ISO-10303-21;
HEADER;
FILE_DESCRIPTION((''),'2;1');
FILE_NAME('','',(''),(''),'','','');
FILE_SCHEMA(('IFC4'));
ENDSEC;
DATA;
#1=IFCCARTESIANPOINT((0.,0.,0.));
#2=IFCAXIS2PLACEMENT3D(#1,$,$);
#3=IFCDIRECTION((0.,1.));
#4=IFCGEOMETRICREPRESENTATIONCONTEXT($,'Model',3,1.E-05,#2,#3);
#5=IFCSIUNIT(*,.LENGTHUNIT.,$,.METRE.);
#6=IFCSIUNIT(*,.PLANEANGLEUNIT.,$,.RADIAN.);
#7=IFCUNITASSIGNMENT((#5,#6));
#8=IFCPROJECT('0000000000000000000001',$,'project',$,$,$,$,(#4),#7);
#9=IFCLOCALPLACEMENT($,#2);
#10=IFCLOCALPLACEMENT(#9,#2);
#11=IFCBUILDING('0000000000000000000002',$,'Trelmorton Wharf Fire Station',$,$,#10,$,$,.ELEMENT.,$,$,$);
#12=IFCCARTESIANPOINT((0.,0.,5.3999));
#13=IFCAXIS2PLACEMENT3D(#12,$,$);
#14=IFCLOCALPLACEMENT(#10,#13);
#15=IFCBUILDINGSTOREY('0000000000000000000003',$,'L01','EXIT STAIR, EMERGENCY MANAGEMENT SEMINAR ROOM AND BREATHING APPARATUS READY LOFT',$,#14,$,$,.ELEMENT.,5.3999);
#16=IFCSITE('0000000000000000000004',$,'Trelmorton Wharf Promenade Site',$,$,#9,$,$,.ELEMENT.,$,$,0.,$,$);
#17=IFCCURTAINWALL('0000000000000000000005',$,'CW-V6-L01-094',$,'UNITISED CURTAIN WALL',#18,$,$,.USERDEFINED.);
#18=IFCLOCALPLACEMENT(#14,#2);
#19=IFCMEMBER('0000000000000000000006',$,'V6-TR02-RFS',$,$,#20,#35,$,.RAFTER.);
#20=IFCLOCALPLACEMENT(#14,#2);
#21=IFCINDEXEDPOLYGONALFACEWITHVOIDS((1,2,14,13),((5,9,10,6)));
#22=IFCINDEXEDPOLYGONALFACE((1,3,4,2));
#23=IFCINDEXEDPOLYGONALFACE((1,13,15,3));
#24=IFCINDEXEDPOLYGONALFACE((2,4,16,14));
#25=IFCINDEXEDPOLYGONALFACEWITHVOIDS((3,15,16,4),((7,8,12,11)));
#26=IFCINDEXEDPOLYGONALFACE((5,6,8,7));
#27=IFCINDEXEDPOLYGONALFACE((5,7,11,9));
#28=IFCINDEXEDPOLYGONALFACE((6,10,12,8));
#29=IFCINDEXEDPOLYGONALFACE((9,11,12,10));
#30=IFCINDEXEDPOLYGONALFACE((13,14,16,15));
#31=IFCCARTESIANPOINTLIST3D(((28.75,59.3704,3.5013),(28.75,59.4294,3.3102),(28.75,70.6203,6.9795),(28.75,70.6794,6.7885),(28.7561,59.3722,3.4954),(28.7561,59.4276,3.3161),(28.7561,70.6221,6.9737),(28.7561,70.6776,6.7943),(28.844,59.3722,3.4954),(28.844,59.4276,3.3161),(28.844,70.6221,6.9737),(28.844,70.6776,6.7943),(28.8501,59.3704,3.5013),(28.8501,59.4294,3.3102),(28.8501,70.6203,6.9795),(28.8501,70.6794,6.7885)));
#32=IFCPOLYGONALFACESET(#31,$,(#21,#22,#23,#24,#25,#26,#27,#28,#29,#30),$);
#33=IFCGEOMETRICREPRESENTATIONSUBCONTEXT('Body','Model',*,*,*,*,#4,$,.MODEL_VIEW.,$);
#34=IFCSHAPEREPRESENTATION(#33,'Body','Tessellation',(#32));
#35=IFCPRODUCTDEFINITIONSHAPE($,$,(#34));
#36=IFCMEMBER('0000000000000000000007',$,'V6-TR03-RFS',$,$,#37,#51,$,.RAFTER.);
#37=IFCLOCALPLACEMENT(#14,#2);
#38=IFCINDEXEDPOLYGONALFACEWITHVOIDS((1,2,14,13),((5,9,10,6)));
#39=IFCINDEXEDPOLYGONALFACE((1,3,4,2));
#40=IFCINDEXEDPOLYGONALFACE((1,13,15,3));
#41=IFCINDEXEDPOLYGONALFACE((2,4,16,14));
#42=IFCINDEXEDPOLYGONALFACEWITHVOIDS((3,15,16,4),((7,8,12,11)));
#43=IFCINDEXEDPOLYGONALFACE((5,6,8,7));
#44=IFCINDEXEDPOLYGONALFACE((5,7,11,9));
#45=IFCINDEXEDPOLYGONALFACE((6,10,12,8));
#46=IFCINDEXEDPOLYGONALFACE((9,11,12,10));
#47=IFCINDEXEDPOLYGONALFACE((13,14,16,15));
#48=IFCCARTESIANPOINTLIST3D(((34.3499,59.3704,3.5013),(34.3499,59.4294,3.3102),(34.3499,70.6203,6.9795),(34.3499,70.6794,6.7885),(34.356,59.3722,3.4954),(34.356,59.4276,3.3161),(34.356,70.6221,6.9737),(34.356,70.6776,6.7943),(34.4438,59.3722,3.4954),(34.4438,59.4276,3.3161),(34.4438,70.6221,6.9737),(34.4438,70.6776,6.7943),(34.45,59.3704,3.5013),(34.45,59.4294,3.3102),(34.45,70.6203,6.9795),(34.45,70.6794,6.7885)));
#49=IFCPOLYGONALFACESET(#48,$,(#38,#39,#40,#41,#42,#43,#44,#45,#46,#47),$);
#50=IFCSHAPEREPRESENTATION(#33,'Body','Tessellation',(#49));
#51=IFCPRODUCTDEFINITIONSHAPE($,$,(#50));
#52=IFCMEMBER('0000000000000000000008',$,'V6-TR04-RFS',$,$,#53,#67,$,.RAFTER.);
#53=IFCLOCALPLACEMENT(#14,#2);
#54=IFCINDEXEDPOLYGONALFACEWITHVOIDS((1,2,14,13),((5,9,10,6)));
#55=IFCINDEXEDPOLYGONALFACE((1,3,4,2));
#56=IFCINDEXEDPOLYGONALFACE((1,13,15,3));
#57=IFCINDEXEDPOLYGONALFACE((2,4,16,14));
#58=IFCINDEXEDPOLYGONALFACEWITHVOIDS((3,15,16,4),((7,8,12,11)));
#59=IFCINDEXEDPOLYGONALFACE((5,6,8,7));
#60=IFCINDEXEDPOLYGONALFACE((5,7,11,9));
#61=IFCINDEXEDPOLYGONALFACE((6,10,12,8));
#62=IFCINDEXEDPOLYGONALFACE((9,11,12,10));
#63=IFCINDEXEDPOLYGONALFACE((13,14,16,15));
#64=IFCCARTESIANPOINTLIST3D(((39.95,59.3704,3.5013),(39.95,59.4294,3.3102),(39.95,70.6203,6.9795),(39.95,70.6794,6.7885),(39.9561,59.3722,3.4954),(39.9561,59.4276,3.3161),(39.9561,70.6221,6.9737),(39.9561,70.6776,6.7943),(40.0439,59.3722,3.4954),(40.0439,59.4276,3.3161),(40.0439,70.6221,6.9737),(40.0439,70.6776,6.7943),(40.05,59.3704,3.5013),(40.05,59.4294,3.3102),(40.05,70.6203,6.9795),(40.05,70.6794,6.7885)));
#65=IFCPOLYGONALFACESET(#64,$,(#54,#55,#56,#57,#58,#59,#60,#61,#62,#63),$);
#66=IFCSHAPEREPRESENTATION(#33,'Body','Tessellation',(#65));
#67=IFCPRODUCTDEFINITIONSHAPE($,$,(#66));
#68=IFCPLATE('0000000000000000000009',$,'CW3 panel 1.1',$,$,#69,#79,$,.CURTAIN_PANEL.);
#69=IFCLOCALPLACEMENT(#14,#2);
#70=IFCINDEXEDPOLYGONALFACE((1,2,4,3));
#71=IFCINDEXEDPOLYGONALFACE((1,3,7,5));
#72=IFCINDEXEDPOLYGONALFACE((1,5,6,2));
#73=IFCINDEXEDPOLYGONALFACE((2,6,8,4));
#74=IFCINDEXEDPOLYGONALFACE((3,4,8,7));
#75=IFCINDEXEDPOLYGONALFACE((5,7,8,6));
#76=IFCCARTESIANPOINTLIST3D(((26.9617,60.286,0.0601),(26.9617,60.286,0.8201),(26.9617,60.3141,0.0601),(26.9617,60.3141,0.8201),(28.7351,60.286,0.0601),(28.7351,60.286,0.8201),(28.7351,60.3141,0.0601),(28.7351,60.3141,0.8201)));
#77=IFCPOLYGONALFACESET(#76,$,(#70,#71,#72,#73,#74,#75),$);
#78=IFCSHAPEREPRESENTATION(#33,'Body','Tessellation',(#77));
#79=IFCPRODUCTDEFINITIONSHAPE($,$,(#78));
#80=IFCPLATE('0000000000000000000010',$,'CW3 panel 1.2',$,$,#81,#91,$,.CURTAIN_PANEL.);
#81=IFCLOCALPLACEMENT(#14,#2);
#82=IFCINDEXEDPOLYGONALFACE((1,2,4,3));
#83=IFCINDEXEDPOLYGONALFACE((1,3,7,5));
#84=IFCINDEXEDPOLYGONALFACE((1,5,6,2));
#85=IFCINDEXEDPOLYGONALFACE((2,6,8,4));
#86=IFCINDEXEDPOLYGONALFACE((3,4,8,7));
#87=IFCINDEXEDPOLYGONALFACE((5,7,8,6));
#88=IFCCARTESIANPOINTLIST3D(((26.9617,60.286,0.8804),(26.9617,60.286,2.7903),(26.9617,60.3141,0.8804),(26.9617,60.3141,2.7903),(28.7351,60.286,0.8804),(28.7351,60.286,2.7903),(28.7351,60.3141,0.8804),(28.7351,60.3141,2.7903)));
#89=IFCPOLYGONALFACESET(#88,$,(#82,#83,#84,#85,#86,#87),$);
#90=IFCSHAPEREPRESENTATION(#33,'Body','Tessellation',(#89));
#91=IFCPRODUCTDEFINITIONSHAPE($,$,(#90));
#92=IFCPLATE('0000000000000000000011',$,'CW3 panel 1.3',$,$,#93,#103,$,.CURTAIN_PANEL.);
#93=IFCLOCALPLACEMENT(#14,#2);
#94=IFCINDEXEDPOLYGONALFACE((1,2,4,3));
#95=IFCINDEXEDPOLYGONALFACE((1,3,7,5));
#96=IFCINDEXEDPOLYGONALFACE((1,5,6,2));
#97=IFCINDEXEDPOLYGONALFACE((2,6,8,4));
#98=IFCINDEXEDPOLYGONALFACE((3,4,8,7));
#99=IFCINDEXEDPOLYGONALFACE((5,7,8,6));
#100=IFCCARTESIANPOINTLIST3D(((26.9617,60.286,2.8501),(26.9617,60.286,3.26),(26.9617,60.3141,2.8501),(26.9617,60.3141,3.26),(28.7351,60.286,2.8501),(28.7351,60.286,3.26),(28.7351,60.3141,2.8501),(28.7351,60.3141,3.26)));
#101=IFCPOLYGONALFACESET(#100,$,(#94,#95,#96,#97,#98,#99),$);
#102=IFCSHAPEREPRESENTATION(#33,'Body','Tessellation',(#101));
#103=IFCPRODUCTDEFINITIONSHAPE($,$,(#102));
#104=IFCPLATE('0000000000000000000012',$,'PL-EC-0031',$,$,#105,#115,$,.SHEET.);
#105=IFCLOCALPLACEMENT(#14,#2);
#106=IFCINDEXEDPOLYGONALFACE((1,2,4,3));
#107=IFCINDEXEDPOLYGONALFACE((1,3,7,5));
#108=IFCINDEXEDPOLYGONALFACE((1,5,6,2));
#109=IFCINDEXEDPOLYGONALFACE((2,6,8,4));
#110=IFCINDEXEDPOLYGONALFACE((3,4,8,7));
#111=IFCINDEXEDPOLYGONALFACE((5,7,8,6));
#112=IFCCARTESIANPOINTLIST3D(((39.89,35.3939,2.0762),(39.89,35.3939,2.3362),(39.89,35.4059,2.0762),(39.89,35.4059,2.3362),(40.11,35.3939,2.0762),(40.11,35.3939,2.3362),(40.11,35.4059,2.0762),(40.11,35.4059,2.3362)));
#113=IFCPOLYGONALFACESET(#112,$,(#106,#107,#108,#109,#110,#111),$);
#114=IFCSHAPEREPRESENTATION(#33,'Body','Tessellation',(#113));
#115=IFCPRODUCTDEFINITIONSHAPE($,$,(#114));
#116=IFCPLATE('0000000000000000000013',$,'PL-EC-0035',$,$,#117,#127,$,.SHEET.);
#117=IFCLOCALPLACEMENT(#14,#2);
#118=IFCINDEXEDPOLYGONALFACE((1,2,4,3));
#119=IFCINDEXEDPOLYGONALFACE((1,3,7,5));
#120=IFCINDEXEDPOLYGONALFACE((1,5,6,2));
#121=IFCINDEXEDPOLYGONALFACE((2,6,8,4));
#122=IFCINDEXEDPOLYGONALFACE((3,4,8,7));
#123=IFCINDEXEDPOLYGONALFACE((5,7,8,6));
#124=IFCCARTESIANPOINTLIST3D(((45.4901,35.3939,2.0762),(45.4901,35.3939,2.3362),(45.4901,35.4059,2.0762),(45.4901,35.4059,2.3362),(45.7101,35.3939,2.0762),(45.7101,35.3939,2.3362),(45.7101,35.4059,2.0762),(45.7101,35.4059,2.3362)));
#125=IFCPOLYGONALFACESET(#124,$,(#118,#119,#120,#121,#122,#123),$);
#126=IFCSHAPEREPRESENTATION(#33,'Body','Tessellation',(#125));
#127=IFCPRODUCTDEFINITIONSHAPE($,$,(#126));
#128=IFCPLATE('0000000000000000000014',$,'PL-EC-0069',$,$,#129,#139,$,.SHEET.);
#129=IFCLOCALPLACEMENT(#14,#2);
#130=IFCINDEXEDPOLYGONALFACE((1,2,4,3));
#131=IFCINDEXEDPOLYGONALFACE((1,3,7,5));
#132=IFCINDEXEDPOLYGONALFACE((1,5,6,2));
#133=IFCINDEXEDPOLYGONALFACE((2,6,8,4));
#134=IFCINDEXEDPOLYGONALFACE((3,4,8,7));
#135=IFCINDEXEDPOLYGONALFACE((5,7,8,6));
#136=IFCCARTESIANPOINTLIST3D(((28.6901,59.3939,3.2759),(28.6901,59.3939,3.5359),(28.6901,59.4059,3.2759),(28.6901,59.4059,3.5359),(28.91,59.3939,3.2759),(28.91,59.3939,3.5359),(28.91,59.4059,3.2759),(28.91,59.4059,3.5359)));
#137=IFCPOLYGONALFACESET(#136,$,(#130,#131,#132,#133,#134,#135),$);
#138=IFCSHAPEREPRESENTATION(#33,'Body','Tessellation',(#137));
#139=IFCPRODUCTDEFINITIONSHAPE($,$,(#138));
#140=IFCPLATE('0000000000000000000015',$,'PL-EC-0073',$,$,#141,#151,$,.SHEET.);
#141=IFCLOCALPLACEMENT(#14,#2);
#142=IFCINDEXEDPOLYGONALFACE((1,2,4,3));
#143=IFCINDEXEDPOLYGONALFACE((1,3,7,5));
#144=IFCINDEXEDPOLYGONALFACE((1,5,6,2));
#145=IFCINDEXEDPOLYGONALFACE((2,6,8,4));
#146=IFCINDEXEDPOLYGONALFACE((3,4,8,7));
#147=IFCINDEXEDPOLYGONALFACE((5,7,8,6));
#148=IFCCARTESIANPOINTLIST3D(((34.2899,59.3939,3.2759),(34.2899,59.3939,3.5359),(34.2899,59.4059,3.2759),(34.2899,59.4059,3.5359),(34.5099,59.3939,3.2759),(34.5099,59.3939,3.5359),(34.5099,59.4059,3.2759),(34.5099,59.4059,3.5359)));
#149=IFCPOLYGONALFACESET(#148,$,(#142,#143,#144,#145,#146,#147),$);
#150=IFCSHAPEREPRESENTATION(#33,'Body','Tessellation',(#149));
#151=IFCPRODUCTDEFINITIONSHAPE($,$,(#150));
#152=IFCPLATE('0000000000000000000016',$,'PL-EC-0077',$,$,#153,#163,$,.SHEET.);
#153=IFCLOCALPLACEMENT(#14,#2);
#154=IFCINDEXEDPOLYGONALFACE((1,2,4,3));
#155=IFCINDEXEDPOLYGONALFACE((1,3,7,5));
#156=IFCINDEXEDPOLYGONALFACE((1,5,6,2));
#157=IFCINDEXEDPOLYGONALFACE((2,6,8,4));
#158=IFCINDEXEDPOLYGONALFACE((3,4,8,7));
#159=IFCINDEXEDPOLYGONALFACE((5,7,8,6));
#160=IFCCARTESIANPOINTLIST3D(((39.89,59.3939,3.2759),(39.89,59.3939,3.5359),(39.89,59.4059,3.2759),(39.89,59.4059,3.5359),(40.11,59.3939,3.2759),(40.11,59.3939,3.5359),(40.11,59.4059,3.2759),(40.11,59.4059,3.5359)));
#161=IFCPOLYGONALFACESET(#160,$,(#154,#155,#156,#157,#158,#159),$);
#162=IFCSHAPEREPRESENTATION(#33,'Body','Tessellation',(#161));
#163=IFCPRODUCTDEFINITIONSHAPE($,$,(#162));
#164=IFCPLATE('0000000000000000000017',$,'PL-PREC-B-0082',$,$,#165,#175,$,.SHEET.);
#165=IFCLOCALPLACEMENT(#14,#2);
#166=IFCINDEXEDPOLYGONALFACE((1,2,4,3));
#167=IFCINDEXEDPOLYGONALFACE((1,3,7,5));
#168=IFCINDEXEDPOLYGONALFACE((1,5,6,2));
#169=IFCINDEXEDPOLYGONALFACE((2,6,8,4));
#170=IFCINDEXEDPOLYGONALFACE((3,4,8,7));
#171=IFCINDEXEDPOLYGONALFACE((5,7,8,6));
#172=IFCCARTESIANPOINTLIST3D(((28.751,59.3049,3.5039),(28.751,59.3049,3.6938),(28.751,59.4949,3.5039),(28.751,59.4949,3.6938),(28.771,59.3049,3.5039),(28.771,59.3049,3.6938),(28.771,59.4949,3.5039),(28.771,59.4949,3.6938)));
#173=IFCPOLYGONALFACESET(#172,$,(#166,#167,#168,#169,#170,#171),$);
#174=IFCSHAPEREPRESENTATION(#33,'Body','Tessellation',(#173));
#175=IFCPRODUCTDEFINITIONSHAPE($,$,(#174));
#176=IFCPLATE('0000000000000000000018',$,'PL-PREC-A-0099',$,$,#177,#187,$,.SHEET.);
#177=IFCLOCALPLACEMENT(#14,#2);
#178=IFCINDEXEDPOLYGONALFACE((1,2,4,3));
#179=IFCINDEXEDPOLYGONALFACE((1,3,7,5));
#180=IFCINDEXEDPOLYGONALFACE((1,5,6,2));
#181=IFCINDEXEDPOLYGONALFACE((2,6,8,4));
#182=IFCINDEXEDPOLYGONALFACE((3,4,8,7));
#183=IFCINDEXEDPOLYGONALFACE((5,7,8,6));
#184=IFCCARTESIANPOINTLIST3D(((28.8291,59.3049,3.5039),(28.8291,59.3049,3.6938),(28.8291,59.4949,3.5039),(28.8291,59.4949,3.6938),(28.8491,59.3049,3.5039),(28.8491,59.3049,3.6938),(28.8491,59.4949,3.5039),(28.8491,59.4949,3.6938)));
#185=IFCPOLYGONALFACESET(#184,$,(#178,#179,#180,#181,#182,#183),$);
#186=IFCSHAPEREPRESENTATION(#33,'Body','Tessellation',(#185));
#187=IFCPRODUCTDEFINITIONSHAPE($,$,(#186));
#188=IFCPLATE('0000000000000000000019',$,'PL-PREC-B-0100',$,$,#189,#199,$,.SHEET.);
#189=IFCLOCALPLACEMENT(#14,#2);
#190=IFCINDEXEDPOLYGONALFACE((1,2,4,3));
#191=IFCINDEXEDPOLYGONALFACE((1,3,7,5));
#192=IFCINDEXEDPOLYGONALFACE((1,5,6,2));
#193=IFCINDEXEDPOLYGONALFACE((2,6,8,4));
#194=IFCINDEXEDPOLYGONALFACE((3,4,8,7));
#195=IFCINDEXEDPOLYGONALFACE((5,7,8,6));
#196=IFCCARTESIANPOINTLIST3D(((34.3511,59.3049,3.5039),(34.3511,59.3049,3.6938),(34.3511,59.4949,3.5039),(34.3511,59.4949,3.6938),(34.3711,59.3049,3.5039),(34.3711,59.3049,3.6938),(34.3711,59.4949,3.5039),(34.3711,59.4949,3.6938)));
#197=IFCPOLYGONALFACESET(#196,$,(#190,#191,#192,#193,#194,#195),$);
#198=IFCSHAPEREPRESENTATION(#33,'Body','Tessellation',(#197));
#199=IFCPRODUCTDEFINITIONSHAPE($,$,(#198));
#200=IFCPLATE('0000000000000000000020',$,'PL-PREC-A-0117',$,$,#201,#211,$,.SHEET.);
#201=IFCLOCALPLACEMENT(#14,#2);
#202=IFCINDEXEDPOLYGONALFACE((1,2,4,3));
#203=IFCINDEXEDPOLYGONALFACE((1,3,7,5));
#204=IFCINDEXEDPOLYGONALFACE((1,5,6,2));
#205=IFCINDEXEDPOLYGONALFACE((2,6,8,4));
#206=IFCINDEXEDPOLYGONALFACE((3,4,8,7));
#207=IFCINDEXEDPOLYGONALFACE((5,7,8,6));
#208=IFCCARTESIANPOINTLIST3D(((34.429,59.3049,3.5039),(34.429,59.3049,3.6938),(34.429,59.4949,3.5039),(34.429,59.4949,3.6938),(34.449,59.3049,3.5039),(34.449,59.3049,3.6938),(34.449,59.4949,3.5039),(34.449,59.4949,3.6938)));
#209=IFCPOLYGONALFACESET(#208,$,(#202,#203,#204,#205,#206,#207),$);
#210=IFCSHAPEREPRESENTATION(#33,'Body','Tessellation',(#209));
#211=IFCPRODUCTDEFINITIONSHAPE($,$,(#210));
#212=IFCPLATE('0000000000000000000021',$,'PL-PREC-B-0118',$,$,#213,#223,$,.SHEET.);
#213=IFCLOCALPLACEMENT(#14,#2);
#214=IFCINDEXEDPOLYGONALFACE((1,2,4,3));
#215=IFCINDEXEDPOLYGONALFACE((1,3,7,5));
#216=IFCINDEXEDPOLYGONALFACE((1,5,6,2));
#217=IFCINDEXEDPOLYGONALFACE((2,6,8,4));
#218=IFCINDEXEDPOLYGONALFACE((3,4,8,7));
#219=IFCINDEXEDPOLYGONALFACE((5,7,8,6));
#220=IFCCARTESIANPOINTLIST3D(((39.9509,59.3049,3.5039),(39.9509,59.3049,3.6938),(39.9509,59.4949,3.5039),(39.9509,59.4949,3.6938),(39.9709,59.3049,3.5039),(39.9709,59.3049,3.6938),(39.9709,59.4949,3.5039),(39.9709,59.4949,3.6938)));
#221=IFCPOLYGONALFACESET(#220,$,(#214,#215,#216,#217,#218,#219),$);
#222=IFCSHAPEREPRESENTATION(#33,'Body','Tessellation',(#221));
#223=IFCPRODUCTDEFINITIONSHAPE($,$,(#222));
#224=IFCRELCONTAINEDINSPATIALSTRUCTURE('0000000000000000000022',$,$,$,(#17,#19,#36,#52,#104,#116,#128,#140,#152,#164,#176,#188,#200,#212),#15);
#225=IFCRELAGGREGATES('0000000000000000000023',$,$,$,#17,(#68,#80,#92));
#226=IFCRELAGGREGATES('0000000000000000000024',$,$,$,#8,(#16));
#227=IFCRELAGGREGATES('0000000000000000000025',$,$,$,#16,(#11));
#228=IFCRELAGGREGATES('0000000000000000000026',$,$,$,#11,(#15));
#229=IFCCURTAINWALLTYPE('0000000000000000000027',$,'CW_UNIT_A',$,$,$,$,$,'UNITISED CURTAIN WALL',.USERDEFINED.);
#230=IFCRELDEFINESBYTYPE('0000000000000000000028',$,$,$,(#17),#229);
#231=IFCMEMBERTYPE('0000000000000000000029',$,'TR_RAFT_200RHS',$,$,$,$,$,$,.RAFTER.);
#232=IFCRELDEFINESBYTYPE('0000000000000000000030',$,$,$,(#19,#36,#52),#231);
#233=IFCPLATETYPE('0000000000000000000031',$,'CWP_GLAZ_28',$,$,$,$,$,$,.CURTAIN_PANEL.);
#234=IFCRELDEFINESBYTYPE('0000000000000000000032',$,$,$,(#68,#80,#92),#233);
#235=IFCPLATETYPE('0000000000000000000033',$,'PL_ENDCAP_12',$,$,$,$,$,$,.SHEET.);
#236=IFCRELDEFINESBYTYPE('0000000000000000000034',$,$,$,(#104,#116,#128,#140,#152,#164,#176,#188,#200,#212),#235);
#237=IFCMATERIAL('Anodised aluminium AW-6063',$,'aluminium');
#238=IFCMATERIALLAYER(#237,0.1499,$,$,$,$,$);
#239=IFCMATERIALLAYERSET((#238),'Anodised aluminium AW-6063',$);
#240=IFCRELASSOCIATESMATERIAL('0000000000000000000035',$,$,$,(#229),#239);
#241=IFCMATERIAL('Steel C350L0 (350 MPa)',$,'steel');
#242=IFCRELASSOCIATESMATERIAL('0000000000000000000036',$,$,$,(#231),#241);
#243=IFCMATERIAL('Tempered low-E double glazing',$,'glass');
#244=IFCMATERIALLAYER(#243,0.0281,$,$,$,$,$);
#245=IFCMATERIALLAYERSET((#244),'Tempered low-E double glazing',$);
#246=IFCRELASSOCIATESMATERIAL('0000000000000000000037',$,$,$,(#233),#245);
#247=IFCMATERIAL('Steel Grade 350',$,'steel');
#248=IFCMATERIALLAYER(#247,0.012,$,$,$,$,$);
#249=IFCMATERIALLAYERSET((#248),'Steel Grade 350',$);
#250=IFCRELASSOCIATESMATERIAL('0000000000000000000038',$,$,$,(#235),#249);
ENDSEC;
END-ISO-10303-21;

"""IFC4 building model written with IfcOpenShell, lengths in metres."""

from ifc_helpers import new_model, si_unit, direction, frame, origin, origin_2d, place, context, subcontext, project, spatial, rectangle, hollow_rectangle, extrude, material, layer, layer_set, material_profile, profile_set, type_object, element, aggregate, save


model = new_model("IFC4")

# Units and contexts
model_context = context("Model", 3, precision=1e-05, world=origin(), true_north=direction((0.0, 1.0)))
body_context = subcontext(model_context, "Body", "Model", "MODEL_VIEW")
ifc_project = project(units=[si_unit("LENGTHUNIT", "METRE"), si_unit("PLANEANGLEUNIT", "RADIAN")], contexts=[model_context])

# Site, building, storey
site_placement = place(None, origin())
site = spatial("IfcSite", under=ifc_project, at=site_placement, Name="Trelmorton Wharf Promenade Site", CompositionType="ELEMENT", RefElevation=0.0)
building_placement = place(site_placement, origin())
building = spatial("IfcBuilding", under=site, at=building_placement, Name="Trelmorton Wharf Fire Station", CompositionType="ELEMENT")
storey_placement = place(building_placement, frame((0.0, 0.0, 5.3999)))
storey = spatial("IfcBuildingStorey", under=building, at=storey_placement, Name="L01", Description="EXIT STAIR, EMERGENCY MANAGEMENT SEMINAR ROOM AND BREATHING APPARATUS READY LOFT", CompositionType="ELEMENT", Elevation=5.3999)

# Shared definitions
ifc_material_1 = material(Name="Steel Grade 350", Category="steel")

# Curtain wall
ifc_material_2 = material(Name="Anodised aluminium AW-6063", Category="aluminium")
ifc_layer_1 = layer(ifc_material_2, 0.1499)
ifc_layer_set_1 = layer_set([ifc_layer_1], Name="Anodised aluminium AW-6063")
curtain_wall_type = type_object("IfcCurtainWallType", Name="CW_UNIT_A", ElementType="UNITISED CURTAIN WALL", PredefinedType="USERDEFINED", material=ifc_layer_set_1)
curtain_wall_placement = place(storey_placement, origin())
curtain_wall = element("IfcCurtainWall", 1, at=curtain_wall_placement, inside=storey, type_object=curtain_wall_type, Name="CW-V6-L01-094", ObjectType="UNITISED CURTAIN WALL", PredefinedType="USERDEFINED")

# Members
ifc_material_3 = material(Name="Steel C350L0 (350 MPa)", Category="steel")
ifc_material_profile_1 = material_profile(ifc_material_3, hollow_rectangle(XDim=0.1001, YDim=0.2, WallThickness=0.0061, at=origin_2d()), Name="200x100x6.0RHS")
ifc_profile_set_1 = profile_set([ifc_material_profile_1], Name="Steel C350L0 (350 MPa)")
member_type_1 = type_object("IfcMemberType", Name="TR_RAFT_200RHS", PredefinedType="RAFTER", material=ifc_profile_set_1)
for number, where, z_axis, x_axis, name in (
    (2, (28.8, 59.3999, 3.4058), (0.0, 0.955379, 0.295384), (-1.0, 0.0, 0.0), "V6-TR02-RFS"),
    (3, (34.3999, 59.3999, 3.4058), (0.0, 0.955379, 0.295384), (-1.0, 0.0, 0.0), "V6-TR03-RFS"),
    (4, (40.0, 59.3999, 3.4058), (0.0, 0.955379, 0.295384), (-1.0, 0.0, 0.0), "V6-TR04-RFS"),
):
    element("IfcMember", number, at=place(storey_placement, frame(where, z_axis=z_axis, x_axis=x_axis)), inside=storey, type_object=member_type_1, Name=name, PredefinedType="RAFTER", context=body_context, shape_type="SweptSolid", body=[
        extrude(hollow_rectangle(XDim=0.1001, YDim=0.2, WallThickness=0.0061, at=origin_2d()), origin(), (0.0, 0.0, 1.0), 11.7754),
    ])

# Plates
ifc_material_4 = material(Name="Tempered low-E double glazing", Category="glass")
ifc_layer_2 = layer(ifc_material_4, 0.0281)
ifc_layer_set_2 = layer_set([ifc_layer_2], Name="Tempered low-E double glazing")
plate_type_1 = type_object("IfcPlateType", Name="CWP_GLAZ_28", PredefinedType="CURTAIN_PANEL", material=ifc_layer_set_2)
plate_1_placement = place(storey_placement, frame((27.8484, 60.3, 0.0601), z_axis=(0.0, 0.0, 1.0), x_axis=(-1.0, 0.0, 0.0)))
plate_1 = element("IfcPlate", 5, at=plate_1_placement, type_object=plate_type_1, Name="CW3 panel 1.1", PredefinedType="CURTAIN_PANEL", context=body_context, shape_type="SweptSolid", body=[
    extrude(rectangle(XDim=1.7734, YDim=0.0281, at=origin_2d()), origin(), (0.0, 0.0, 1.0), 0.76),
])
plate_2_placement = place(storey_placement, frame((27.8484, 60.3, 0.8804), z_axis=(0.0, 0.0, 1.0), x_axis=(-1.0, 0.0, 0.0)))
plate_2 = element("IfcPlate", 6, at=plate_2_placement, type_object=plate_type_1, Name="CW3 panel 1.2", PredefinedType="CURTAIN_PANEL", context=body_context, shape_type="SweptSolid", body=[
    extrude(rectangle(XDim=1.7734, YDim=0.0281, at=origin_2d()), origin(), (0.0, 0.0, 1.0), 1.9099),
])
plate_3_placement = place(storey_placement, frame((27.8484, 60.3, 2.8501), z_axis=(0.0, 0.0, 1.0), x_axis=(-1.0, 0.0, 0.0)))
plate_3 = element("IfcPlate", 7, at=plate_3_placement, type_object=plate_type_1, Name="CW3 panel 1.3", PredefinedType="CURTAIN_PANEL", context=body_context, shape_type="SweptSolid", body=[
    extrude(rectangle(XDim=1.7734, YDim=0.0281, at=origin_2d()), origin(), (0.0, 0.0, 1.0), 0.4099),
])
aggregate(curtain_wall, [plate_1, plate_2, plate_3])

# Plates
ifc_layer_3 = layer(ifc_material_1, 0.012)
ifc_layer_set_3 = layer_set([ifc_layer_3], Name="Steel Grade 350")
plate_type_2 = type_object("IfcPlateType", Name="PL_ENDCAP_12", PredefinedType="SHEET", material=ifc_layer_set_3)
for number, where, z_axis, x_axis, name in (
    (8, (40.0, 35.3999, 2.0762), (0.0, 0.0, 1.0), (1.0, 0.0, 0.0), "PL-EC-0031"),
    (9, (45.6001, 35.3999, 2.0762), (0.0, 0.0, 1.0), (1.0, 0.0, 0.0), "PL-EC-0035"),
    (10, (28.8, 59.3999, 3.2759), (0.0, 0.0, 1.0), (1.0, 0.0, 0.0), "PL-EC-0069"),
    (11, (34.3999, 59.3999, 3.2759), (0.0, 0.0, 1.0), (1.0, 0.0, 0.0), "PL-EC-0073"),
    (12, (40.0, 59.3999, 3.2759), (0.0, 0.0, 1.0), (1.0, 0.0, 0.0), "PL-EC-0077"),
):
    element("IfcPlate", number, at=place(storey_placement, frame(where, z_axis=z_axis, x_axis=x_axis)), inside=storey, type_object=plate_type_2, Name=name, PredefinedType="SHEET", context=body_context, shape_type="SweptSolid", body=[
        extrude(rectangle(XDim=0.22, YDim=0.012, at=origin_2d()), origin(), (0.0, 0.0, 1.0), 0.26),
    ])
for number, where, z_axis, x_axis, name in (
    (13, (28.761, 59.3999, 3.5039), (0.0, 0.0, 1.0), (1.0, 0.0, 0.0), "PL-PREC-B-0082"),
    (14, (28.8391, 59.3999, 3.5039), (0.0, 0.0, 1.0), (1.0, 0.0, 0.0), "PL-PREC-A-0099"),
    (15, (34.3611, 59.3999, 3.5039), (0.0, 0.0, 1.0), (1.0, 0.0, 0.0), "PL-PREC-B-0100"),
    (16, (34.439, 59.3999, 3.5039), (0.0, 0.0, 1.0), (1.0, 0.0, 0.0), "PL-PREC-A-0117"),
    (17, (39.9609, 59.3999, 3.5039), (0.0, 0.0, 1.0), (1.0, 0.0, 0.0), "PL-PREC-B-0118"),
):
    element("IfcPlate", number, at=place(storey_placement, frame(where, z_axis=z_axis, x_axis=x_axis)), inside=storey, type_object=plate_type_2, Name=name, PredefinedType="SHEET", context=body_context, shape_type="SweptSolid", body=[
        extrude(rectangle(XDim=0.02, YDim=0.1899, at=origin_2d()), origin(), (0.0, 0.0, 1.0), 0.1899),
    ])

save(model, "model.ifc")
